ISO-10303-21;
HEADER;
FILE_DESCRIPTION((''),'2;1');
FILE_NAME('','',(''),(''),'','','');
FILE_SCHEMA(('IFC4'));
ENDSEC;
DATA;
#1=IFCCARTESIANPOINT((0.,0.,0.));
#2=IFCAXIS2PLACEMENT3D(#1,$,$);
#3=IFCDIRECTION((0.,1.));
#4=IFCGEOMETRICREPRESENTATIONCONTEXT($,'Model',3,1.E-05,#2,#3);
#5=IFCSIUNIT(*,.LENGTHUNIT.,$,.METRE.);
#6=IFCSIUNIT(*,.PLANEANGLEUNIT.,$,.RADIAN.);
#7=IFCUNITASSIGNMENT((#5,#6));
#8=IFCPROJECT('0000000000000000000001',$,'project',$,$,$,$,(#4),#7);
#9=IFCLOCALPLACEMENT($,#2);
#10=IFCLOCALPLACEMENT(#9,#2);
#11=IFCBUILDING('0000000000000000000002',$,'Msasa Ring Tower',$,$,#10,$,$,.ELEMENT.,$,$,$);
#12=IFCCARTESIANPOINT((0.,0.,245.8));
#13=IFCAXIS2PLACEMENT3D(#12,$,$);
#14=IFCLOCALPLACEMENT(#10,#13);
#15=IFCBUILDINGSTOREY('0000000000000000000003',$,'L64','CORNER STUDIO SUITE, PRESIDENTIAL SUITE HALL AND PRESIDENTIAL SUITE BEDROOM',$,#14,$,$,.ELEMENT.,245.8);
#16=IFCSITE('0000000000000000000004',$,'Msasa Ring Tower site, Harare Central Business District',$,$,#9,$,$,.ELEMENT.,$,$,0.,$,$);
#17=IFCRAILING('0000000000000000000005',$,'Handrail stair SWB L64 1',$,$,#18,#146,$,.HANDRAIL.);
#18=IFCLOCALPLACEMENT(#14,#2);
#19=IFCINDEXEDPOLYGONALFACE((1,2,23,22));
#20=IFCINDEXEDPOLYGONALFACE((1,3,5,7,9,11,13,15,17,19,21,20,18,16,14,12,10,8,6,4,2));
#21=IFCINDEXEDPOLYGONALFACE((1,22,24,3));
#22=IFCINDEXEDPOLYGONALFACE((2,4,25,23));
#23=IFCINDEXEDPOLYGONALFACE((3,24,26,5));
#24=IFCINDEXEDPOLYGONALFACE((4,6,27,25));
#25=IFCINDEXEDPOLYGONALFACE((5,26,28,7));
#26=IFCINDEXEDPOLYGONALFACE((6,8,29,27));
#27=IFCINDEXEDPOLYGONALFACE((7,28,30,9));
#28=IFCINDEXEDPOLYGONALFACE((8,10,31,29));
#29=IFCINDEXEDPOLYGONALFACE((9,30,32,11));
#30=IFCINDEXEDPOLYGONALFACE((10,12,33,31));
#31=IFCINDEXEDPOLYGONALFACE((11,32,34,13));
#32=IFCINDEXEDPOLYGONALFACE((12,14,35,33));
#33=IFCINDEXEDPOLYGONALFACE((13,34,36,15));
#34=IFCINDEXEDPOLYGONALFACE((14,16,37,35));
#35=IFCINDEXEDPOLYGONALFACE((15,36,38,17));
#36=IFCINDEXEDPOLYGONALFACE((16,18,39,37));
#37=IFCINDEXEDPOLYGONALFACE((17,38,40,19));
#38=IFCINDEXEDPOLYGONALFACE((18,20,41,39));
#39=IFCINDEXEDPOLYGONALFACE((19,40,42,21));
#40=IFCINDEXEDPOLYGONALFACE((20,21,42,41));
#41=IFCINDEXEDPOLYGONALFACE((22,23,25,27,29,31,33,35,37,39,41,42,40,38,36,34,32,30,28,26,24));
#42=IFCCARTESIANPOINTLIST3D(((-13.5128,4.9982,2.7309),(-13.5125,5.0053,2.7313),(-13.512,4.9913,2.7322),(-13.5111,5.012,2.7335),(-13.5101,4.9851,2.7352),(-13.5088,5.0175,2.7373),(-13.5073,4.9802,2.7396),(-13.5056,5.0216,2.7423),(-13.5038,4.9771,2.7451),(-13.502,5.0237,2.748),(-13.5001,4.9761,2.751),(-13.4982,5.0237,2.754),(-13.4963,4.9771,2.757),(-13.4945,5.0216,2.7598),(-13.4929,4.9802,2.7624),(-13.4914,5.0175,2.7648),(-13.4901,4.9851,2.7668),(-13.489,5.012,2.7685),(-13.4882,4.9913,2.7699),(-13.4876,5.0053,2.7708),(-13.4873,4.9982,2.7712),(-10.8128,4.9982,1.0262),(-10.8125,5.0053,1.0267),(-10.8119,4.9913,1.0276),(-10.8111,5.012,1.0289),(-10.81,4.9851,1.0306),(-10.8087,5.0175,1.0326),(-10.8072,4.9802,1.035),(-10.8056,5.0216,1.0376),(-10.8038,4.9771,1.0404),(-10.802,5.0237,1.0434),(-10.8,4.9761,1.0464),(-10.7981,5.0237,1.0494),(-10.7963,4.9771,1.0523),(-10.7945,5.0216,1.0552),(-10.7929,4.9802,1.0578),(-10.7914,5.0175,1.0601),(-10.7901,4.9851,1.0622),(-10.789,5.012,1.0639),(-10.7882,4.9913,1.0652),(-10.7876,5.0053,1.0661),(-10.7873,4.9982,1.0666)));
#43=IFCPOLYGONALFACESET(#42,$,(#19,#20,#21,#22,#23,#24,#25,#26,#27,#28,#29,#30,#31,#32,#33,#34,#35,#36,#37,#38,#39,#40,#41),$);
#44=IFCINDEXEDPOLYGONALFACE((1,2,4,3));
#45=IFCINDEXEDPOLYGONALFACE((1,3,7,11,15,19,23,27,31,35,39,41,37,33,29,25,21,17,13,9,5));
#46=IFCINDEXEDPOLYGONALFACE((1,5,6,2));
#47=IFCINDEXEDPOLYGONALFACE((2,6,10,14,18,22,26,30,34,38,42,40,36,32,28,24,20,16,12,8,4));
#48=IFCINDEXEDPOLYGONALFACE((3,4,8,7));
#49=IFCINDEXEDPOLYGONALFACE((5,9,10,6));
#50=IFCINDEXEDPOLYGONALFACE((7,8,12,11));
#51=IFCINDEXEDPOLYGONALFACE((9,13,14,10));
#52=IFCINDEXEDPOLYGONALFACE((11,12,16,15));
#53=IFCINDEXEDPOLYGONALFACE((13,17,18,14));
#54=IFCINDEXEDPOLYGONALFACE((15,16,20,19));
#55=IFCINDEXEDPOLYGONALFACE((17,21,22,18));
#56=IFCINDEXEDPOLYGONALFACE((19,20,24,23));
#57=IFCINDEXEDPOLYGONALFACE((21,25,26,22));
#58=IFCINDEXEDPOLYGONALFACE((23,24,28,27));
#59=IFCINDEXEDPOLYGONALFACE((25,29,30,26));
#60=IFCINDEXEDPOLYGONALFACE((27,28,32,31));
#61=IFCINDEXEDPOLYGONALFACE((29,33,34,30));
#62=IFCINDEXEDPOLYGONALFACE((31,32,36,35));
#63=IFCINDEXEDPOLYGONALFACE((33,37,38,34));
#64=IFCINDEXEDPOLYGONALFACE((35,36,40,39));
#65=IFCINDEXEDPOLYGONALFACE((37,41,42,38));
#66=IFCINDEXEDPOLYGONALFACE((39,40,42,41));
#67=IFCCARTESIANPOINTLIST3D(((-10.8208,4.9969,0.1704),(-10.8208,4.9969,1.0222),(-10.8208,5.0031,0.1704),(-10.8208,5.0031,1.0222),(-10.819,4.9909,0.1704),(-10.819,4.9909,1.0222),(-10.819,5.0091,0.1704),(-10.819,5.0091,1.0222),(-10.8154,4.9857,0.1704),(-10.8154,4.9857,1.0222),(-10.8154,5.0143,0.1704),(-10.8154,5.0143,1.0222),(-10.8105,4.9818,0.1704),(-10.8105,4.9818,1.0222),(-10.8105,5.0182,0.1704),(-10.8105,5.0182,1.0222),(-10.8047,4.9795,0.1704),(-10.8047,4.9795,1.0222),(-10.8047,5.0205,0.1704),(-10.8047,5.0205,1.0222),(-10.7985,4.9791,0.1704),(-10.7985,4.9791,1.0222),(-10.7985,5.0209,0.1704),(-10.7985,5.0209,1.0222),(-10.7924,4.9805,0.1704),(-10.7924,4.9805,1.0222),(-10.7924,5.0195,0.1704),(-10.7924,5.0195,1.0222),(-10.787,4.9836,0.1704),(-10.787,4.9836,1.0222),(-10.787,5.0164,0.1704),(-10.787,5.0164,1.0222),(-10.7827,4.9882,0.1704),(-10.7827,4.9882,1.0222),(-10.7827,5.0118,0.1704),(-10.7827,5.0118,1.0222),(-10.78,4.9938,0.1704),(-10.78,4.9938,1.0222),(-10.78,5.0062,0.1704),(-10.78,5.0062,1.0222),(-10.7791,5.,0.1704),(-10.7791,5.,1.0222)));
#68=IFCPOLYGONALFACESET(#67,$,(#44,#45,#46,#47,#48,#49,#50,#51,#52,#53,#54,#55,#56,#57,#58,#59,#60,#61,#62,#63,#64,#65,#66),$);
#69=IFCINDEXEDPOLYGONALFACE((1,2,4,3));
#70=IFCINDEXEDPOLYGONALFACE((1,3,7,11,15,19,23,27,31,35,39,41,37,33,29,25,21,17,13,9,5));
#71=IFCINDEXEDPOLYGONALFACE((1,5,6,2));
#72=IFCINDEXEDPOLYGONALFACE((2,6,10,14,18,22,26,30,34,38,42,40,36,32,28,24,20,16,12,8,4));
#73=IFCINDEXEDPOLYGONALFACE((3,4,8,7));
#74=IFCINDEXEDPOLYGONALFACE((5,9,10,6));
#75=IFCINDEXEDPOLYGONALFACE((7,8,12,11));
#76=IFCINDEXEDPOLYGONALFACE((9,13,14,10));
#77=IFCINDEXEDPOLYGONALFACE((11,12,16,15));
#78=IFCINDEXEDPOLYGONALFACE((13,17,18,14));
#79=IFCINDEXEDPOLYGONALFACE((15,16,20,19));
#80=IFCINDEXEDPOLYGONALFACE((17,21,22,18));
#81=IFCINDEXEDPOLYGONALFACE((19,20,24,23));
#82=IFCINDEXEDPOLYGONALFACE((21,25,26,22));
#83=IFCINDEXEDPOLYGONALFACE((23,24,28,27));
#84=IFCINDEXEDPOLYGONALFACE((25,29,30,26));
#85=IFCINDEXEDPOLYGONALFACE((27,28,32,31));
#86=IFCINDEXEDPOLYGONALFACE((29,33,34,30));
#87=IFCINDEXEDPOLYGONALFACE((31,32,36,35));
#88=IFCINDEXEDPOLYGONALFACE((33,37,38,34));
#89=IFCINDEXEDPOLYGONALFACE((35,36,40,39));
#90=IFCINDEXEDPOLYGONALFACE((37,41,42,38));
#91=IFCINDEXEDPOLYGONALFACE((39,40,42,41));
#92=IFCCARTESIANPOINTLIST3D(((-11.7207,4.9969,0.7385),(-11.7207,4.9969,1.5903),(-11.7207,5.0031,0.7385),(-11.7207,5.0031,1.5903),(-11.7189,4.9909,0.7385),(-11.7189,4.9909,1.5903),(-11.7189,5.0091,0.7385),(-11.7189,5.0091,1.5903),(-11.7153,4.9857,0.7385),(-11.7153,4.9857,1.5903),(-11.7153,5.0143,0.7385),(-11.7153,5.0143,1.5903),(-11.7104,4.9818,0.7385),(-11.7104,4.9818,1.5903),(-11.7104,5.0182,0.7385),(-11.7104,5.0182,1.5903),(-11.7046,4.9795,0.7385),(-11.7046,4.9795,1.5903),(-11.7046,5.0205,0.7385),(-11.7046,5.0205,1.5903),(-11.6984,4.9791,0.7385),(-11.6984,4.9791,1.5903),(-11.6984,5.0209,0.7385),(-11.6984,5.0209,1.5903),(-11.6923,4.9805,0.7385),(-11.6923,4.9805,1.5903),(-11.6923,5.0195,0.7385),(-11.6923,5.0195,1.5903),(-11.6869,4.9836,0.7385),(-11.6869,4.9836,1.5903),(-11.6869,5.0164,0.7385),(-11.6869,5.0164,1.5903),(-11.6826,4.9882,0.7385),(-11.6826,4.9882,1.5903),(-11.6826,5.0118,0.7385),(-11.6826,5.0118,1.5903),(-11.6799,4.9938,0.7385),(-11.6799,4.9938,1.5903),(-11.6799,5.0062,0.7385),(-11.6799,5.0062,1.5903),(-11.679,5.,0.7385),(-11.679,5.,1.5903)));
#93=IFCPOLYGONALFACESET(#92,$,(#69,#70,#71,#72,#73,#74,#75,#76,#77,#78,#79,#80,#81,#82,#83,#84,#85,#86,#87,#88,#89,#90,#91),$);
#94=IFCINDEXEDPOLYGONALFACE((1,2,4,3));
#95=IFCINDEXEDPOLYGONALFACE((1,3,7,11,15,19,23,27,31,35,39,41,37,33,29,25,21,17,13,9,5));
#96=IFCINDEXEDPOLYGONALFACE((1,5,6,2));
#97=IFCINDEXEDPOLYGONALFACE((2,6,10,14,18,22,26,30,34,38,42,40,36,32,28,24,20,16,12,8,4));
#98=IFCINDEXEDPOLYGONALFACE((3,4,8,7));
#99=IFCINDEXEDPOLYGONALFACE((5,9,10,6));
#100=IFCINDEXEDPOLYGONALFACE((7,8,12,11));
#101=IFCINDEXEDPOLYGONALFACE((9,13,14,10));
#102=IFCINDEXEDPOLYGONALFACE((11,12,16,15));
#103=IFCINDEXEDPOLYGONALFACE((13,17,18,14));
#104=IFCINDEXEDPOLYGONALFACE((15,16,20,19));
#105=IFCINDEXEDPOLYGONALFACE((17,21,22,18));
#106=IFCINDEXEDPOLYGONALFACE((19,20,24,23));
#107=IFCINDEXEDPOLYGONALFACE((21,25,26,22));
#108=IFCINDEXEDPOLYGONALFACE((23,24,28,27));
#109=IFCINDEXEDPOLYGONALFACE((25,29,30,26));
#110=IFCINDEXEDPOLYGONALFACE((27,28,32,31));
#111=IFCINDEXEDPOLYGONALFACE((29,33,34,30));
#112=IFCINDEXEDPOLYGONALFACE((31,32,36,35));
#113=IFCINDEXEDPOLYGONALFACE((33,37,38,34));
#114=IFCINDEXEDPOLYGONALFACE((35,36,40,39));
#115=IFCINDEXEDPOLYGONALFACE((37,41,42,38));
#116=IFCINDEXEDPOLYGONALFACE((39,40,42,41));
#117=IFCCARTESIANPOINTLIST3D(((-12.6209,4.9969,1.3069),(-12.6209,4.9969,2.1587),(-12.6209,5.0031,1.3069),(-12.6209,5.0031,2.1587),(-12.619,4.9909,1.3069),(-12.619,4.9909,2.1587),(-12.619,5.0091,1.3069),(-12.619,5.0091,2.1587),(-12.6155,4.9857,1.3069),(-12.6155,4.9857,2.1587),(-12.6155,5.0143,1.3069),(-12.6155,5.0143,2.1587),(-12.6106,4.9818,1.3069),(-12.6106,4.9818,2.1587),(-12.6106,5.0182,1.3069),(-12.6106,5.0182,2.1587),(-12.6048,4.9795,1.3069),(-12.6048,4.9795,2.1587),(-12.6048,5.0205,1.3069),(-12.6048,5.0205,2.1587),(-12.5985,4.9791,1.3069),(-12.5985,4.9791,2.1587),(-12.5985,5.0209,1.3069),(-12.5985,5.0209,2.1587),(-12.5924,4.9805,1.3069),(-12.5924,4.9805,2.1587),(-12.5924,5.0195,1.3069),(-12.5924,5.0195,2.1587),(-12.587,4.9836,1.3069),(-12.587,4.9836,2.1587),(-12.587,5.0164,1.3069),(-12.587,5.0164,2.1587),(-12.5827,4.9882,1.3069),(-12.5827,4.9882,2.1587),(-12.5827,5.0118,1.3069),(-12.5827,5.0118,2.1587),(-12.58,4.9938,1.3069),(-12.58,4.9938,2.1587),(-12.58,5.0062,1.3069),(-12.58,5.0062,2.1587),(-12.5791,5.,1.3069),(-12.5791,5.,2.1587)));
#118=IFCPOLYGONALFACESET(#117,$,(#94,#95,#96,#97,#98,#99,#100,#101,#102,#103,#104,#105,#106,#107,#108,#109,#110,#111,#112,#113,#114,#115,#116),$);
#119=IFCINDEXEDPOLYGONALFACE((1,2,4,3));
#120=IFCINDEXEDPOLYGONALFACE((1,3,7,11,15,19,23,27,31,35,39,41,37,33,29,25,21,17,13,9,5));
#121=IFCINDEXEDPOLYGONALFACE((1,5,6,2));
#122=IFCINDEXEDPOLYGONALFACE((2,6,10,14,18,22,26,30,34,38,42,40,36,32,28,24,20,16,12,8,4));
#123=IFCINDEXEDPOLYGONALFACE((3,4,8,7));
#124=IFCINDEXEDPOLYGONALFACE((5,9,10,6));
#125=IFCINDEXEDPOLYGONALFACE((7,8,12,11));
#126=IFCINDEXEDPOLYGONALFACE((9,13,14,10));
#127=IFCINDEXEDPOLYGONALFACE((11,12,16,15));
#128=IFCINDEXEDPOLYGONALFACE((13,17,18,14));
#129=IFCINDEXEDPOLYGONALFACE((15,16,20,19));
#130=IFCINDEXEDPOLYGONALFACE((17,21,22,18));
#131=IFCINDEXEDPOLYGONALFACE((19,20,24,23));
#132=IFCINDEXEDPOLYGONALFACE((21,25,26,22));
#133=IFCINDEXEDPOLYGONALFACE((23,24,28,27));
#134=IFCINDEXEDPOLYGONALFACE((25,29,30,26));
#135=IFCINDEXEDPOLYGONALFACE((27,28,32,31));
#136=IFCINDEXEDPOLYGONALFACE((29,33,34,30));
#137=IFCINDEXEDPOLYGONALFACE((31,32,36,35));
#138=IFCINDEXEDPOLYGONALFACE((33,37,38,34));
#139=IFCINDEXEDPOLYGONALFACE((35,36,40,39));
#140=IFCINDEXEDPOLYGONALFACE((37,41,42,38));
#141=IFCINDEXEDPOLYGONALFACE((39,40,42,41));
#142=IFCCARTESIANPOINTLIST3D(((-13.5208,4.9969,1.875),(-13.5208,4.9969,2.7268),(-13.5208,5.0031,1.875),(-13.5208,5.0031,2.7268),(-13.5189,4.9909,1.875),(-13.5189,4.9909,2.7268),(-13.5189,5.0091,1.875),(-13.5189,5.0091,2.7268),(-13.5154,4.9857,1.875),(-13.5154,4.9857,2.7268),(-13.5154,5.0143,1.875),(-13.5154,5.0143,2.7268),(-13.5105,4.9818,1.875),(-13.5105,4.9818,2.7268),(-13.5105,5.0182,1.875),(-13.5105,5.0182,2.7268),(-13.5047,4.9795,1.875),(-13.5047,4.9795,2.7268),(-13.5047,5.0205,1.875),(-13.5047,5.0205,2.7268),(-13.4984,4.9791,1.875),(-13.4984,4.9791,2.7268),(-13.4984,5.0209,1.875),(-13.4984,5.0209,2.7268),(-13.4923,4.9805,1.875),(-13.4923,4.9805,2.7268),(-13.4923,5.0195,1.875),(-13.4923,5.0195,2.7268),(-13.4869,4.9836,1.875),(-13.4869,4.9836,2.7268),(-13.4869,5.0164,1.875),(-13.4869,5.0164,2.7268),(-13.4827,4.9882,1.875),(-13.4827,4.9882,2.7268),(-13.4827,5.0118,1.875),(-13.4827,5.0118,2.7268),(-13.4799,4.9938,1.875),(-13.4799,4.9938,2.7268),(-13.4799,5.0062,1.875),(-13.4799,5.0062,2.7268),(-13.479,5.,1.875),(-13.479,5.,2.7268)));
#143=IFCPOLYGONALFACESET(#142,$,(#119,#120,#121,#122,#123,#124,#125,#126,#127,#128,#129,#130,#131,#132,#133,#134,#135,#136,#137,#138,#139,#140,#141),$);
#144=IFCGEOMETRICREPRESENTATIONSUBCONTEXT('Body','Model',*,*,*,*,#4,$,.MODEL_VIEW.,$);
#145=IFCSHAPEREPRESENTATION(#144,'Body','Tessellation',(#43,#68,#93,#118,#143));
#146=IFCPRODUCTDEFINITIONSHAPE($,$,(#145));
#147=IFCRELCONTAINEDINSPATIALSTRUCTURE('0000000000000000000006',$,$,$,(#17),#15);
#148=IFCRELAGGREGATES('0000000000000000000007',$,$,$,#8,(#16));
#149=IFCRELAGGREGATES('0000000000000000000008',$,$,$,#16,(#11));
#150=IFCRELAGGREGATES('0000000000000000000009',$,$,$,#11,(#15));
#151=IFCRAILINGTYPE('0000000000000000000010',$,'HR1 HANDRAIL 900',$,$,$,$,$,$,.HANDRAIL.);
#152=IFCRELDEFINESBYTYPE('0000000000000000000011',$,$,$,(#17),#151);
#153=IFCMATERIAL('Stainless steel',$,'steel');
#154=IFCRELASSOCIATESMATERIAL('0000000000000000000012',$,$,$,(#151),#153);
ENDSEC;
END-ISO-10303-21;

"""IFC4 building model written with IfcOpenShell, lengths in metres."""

from ifc_helpers import new_model, si_unit, direction, frame, origin, origin_2d, place, context, subcontext, project, spatial, circle, extrude, material, type_object, element, save


model = new_model("IFC4")

# Units and contexts
model_context = context("Model", 3, precision=1e-05, world=origin(), true_north=direction((0.0, 1.0)))
body_context = subcontext(model_context, "Body", "Model", "MODEL_VIEW")
ifc_project = project(units=[si_unit("LENGTHUNIT", "METRE"), si_unit("PLANEANGLEUNIT", "RADIAN")], contexts=[model_context])

# Site, building, storey
site_placement = place(None, origin())
site = spatial("IfcSite", under=ifc_project, at=site_placement, Name="Msasa Ring Tower site, Harare Central Business District", CompositionType="ELEMENT", RefElevation=0.0)
building_placement = place(site_placement, origin())
building = spatial("IfcBuilding", under=site, at=building_placement, Name="Msasa Ring Tower", CompositionType="ELEMENT")
storey_placement = place(building_placement, frame((0.0, 0.0, 245.8)))
storey = spatial("IfcBuildingStorey", under=building, at=storey_placement, Name="L64", Description="CORNER STUDIO SUITE, PRESIDENTIAL SUITE HALL AND PRESIDENTIAL SUITE BEDROOM", CompositionType="ELEMENT", Elevation=245.8)

# Railing
ifc_material_1 = material(Name="Stainless steel", Category="steel")
railing_type = type_object("IfcRailingType", Name="HR1 HANDRAIL 900", PredefinedType="HANDRAIL", material=ifc_material_1)
railing_placement = place(storey_placement, frame((-10.8, 5.0, 0.1704)))
element("IfcRailing", 1, at=railing_placement, inside=storey, type_object=railing_type, Name="Handrail stair SWB L64 1", PredefinedType="HANDRAIL", context=body_context, shape_type="SweptSolid", body=[
    extrude(circle(Radius=0.0239, at=origin_2d()), frame((0.0, 0.0, 0.876), z_axis=(-0.84558, 0.0, 0.533849), x_axis=(0.0, -1.0, 0.0)), (0.0, 0.0, 1.0), 3.1931),
    extrude(circle(Radius=0.021, at=origin_2d()), origin(), (0.0, 0.0, 1.0), 0.8518),
    extrude(circle(Radius=0.021, at=origin_2d()), frame((-0.8999, 0.0, 0.5681)), (0.0, 0.0, 1.0), 0.8518),
    extrude(circle(Radius=0.021, at=origin_2d()), frame((-1.8, 0.0, 1.1365)), (0.0, 0.0, 1.0), 0.8518),
    extrude(circle(Radius=0.021, at=origin_2d()), frame((-2.7, 0.0, 1.7046)), (0.0, 0.0, 1.0), 0.8518),
])

save(model, "model.ifc")
